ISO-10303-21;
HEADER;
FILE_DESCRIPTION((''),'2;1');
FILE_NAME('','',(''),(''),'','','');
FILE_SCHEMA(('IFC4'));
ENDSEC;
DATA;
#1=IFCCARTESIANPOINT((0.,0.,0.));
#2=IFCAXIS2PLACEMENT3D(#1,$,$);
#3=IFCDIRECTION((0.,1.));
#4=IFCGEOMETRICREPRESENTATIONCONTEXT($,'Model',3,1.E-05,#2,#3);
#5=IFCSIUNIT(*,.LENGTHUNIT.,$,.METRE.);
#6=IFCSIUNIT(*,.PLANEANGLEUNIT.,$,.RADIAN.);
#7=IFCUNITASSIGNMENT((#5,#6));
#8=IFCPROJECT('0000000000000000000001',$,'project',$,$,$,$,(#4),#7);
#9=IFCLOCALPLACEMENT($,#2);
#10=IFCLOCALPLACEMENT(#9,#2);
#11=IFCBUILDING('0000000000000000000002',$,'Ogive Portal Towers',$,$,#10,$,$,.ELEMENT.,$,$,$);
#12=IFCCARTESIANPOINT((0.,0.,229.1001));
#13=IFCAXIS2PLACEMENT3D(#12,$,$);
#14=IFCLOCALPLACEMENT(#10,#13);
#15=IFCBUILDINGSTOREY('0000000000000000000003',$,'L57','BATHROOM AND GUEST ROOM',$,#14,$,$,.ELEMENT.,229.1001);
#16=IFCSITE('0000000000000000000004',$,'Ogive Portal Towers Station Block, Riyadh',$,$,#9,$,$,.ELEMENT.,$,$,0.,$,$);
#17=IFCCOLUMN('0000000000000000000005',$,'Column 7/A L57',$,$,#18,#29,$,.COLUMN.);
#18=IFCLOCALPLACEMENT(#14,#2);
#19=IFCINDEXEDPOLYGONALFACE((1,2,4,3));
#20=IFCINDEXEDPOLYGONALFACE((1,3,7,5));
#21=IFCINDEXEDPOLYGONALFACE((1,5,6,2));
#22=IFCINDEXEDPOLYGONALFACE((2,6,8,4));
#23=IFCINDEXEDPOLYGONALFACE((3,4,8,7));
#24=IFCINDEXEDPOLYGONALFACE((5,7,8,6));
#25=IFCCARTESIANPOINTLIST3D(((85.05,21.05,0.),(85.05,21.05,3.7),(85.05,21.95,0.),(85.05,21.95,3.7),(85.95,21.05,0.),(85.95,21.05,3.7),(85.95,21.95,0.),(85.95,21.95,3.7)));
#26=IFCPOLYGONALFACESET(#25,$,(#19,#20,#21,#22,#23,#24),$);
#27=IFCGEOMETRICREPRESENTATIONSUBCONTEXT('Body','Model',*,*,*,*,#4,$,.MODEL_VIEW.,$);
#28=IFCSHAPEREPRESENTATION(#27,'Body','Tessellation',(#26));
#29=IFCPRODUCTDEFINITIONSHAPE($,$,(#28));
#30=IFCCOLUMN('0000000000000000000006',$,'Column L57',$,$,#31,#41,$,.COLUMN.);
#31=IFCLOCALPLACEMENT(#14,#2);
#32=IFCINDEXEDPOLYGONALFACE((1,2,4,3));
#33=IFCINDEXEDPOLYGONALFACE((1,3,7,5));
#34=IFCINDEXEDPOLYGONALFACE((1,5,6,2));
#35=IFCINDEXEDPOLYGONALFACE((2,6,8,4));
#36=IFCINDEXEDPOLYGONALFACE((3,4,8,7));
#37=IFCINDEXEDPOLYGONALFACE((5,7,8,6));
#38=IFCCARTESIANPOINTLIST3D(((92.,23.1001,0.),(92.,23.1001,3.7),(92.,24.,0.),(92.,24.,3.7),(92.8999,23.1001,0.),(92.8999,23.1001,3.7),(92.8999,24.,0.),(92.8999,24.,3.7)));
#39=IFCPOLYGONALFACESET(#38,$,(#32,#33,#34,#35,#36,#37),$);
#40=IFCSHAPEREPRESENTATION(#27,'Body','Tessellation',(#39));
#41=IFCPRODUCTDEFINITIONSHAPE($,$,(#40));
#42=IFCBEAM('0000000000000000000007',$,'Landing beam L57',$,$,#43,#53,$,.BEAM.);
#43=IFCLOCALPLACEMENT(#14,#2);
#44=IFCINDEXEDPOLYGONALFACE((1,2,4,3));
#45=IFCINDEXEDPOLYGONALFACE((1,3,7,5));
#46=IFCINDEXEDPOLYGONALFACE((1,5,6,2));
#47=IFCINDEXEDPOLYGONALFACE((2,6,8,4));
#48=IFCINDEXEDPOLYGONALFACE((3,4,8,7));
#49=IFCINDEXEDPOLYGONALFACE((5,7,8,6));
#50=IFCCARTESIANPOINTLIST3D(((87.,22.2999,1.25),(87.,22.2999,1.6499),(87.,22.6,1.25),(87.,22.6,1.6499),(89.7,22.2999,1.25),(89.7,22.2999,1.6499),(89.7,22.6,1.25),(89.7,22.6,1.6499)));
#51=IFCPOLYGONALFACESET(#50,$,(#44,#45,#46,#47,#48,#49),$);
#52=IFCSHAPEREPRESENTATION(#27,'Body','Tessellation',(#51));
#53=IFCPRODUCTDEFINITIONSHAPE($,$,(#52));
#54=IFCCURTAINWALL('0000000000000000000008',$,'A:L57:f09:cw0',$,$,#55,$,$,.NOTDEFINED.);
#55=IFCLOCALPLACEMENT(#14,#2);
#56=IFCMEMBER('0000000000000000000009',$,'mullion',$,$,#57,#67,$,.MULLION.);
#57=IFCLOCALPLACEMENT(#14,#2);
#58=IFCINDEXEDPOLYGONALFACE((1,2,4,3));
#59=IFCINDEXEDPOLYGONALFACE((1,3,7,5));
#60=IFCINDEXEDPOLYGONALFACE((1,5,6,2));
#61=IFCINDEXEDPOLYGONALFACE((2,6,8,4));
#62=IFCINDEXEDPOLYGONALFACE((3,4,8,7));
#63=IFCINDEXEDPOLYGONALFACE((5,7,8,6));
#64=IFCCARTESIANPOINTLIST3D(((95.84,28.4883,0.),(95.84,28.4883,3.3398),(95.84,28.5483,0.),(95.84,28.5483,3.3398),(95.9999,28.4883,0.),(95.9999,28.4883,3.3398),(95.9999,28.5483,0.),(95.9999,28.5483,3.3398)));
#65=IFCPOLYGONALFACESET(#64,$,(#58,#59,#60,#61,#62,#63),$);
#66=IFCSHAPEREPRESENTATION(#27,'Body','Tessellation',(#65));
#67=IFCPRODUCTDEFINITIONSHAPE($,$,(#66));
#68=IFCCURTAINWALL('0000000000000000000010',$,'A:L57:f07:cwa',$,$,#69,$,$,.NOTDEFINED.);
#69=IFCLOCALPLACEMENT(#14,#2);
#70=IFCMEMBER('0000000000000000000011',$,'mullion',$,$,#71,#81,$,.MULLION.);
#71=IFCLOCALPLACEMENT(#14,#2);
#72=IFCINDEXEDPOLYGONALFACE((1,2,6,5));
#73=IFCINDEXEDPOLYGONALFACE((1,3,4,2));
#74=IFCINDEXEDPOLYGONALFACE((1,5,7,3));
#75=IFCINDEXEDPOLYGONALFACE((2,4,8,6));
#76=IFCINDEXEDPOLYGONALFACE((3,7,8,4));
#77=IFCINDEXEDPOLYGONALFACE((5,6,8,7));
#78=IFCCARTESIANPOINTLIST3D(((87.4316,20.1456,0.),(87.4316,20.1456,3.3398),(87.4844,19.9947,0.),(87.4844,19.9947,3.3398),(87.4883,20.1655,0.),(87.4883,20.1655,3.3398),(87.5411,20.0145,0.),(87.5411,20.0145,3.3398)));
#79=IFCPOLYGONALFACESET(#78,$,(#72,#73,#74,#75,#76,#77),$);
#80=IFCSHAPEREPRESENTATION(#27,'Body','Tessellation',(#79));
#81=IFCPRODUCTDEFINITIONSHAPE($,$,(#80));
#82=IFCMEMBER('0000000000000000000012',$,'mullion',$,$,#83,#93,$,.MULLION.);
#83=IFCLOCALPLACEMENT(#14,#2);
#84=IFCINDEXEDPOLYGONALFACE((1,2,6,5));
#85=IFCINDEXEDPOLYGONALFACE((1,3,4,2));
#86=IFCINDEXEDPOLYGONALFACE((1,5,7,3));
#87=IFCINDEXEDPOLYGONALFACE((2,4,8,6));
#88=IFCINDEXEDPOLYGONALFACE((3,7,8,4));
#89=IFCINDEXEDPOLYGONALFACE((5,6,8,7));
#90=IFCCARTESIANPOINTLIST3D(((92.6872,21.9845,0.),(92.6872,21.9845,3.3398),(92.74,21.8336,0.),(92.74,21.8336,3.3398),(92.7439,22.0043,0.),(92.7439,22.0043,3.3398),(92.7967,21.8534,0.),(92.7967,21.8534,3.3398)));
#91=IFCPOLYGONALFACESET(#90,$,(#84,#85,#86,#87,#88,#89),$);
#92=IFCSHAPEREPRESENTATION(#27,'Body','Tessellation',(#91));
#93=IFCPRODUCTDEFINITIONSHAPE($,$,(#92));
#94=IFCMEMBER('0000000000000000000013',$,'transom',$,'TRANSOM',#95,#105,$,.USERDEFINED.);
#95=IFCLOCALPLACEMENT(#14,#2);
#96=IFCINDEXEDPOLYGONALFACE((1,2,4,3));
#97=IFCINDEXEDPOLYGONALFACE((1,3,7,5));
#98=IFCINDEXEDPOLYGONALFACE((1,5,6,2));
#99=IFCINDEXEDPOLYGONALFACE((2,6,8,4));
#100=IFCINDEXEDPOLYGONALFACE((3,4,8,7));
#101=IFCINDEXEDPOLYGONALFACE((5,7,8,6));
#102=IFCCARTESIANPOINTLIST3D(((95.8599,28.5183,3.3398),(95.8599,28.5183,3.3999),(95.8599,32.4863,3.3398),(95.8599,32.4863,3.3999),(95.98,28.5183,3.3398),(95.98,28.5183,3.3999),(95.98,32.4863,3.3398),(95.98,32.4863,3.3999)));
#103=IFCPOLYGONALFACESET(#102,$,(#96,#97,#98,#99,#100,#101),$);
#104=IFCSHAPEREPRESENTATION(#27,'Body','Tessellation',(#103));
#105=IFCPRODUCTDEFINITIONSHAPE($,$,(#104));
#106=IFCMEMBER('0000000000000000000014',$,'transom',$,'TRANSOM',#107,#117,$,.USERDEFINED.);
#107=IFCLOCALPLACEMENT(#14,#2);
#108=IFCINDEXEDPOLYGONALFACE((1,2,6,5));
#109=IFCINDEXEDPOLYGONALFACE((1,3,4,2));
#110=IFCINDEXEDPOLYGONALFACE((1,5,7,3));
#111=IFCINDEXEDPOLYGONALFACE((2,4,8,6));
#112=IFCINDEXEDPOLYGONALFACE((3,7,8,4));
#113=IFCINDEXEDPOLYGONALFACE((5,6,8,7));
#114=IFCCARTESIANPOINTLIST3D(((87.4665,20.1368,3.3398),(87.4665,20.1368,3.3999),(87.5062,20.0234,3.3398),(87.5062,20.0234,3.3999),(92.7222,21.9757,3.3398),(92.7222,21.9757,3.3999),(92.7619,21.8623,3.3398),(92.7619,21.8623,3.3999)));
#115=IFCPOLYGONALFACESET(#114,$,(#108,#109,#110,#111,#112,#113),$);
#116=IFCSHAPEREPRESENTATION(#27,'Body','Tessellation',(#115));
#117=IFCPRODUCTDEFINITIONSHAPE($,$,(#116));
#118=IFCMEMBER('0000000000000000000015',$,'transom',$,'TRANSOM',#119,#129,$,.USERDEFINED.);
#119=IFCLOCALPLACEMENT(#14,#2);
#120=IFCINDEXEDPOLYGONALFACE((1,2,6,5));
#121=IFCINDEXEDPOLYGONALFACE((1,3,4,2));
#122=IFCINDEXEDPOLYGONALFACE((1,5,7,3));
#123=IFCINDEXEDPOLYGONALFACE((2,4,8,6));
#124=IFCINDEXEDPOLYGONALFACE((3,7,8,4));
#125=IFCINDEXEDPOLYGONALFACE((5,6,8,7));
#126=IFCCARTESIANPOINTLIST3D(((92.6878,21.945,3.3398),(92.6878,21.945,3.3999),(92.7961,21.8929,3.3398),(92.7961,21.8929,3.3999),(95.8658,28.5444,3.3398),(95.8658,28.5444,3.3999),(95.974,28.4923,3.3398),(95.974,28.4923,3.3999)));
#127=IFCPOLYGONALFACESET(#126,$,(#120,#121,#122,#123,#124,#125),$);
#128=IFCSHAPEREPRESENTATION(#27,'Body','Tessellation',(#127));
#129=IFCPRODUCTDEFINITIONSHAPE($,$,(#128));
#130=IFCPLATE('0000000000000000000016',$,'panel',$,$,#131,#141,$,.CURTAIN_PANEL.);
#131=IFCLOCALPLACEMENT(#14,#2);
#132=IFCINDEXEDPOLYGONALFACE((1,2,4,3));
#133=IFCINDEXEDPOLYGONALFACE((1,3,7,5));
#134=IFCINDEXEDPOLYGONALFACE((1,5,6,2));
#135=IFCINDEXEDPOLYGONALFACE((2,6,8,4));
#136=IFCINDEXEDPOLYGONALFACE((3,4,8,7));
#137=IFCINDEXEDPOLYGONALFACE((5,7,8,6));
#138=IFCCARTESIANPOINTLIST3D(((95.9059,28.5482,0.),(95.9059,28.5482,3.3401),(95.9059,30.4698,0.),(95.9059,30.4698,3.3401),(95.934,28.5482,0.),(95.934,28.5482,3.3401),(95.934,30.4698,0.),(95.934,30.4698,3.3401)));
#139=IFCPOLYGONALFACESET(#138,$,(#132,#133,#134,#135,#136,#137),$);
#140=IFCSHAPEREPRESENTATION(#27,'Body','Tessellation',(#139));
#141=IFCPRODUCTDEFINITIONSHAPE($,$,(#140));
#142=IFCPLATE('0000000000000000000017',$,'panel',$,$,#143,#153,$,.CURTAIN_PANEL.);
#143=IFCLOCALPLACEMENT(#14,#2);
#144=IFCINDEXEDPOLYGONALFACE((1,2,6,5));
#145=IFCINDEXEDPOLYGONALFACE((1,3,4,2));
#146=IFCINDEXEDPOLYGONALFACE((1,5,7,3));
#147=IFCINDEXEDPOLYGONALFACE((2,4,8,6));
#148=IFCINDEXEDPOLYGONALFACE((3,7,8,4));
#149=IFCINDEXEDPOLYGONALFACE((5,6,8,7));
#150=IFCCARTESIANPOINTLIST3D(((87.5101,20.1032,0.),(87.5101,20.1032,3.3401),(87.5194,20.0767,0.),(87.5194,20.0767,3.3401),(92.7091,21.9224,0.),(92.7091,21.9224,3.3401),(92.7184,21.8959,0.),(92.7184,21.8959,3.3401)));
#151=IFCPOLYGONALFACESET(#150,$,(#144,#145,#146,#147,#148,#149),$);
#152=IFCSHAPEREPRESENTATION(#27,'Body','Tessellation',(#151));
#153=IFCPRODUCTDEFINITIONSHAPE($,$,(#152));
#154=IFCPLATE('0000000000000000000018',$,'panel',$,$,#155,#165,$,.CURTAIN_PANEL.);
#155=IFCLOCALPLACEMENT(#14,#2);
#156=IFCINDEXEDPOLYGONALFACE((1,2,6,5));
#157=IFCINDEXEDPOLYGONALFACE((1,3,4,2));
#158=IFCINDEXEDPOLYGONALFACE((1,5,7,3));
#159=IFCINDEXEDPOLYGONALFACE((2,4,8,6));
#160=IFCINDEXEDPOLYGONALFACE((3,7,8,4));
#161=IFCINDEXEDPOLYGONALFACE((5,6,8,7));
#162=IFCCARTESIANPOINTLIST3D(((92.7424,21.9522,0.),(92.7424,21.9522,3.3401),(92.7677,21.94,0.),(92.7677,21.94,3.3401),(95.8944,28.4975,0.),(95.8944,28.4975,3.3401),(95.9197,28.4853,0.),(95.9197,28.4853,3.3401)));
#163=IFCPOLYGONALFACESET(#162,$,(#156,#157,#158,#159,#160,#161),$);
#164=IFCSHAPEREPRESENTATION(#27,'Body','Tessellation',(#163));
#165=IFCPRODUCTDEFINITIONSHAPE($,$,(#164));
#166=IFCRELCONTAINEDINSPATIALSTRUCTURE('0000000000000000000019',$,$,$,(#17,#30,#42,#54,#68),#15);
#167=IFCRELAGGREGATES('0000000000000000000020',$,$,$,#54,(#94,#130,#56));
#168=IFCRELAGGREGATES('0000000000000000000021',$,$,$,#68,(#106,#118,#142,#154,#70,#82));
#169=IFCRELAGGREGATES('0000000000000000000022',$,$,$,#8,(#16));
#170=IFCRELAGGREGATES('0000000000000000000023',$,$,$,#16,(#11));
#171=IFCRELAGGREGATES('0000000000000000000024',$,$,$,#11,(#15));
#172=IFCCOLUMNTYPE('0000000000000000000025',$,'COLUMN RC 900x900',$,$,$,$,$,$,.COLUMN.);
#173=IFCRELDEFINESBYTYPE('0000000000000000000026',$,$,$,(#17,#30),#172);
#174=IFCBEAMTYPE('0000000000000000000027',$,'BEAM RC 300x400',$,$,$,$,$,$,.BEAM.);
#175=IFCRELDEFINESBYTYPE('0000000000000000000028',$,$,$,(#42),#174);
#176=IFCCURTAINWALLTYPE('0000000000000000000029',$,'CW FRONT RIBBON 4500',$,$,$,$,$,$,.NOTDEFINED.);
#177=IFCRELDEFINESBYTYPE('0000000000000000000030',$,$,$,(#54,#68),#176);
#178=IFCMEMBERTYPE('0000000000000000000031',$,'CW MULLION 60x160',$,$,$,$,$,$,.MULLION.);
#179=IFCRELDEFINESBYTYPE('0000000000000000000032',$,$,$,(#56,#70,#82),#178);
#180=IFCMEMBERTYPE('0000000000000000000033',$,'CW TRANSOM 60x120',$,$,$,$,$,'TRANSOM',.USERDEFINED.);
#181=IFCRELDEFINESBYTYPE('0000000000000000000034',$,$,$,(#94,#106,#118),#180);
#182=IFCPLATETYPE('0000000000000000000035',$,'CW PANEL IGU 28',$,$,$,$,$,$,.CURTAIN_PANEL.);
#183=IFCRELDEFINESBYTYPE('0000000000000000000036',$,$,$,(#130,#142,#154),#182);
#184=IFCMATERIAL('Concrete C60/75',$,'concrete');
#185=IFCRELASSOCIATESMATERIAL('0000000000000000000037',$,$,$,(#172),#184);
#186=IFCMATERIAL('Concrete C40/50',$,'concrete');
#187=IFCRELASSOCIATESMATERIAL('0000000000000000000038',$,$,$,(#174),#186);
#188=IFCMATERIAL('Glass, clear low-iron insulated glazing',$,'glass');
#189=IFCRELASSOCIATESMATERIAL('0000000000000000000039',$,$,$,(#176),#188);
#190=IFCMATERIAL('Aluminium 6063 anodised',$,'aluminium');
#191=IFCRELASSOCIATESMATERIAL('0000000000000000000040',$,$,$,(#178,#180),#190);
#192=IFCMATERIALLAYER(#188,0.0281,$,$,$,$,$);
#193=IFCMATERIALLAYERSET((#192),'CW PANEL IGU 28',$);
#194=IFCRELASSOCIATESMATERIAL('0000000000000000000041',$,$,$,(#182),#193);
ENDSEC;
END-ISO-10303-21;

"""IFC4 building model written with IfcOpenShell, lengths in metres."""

from ifc_helpers import new_model, si_unit, direction, frame, origin, origin_2d, place, context, subcontext, project, spatial, rectangle, extrude, material, layer, layer_set, material_profile, profile_set, type_object, element, aggregate, save


model = new_model("IFC4")

# Units and contexts
model_context = context("Model", 3, precision=1e-05, world=origin(), true_north=direction((0.0, 1.0)))
body_context = subcontext(model_context, "Body", "Model", "MODEL_VIEW")
ifc_project = project(units=[si_unit("LENGTHUNIT", "METRE"), si_unit("PLANEANGLEUNIT", "RADIAN")], contexts=[model_context])

# Site, building, storey
site_placement = place(None, origin())
site = spatial("IfcSite", under=ifc_project, at=site_placement, Name="Ogive Portal Towers Station Block, Riyadh", CompositionType="ELEMENT", RefElevation=0.0)
building_placement = place(site_placement, origin())
building = spatial("IfcBuilding", under=site, at=building_placement, Name="Ogive Portal Towers", CompositionType="ELEMENT")
storey_placement = place(building_placement, frame((0.0, 0.0, 229.1001)))
storey = spatial("IfcBuildingStorey", under=building, at=storey_placement, Name="L57", Description="BATHROOM AND GUEST ROOM", CompositionType="ELEMENT", Elevation=229.1001)

# Columns
ifc_material_1 = material(Name="Concrete C60/75", Category="concrete")
ifc_material_profile_1 = material_profile(ifc_material_1, rectangle(XDim=0.8999, YDim=0.8999, at=origin_2d()), Name="RC 900x900")
ifc_profile_set_1 = profile_set([ifc_material_profile_1], Name="Concrete C60/75")
column_type = type_object("IfcColumnType", Name="COLUMN RC 900x900", PredefinedType="COLUMN", material=ifc_profile_set_1)
for number, where, z_axis, x_axis, name in (
    (1, (85.5, 21.5, 0.0), (0.0, 0.0, 1.0), (1.0, 0.0, 0.0), "Column 7/A L57"),
    (2, (92.45, 23.55, 0.0), (0.0, 0.0, 1.0), (1.0, 0.0, 0.0), "Column L57"),
):
    element("IfcColumn", number, at=place(storey_placement, frame(where, z_axis=z_axis, x_axis=x_axis)), inside=storey, type_object=column_type, Name=name, PredefinedType="COLUMN", context=body_context, shape_type="SweptSolid", body=[
        extrude(rectangle(XDim=0.8999, YDim=0.8999, at=origin_2d()), origin(), (0.0, 0.0, 1.0), 3.7),
    ])

# Beam
ifc_material_2 = material(Name="Concrete C40/50", Category="concrete")
ifc_material_profile_2 = material_profile(ifc_material_2, rectangle(XDim=0.3, YDim=0.3999, at=origin_2d()), Name="RC 300x400")
ifc_profile_set_2 = profile_set([ifc_material_profile_2], Name="Concrete C40/50")
beam_type = type_object("IfcBeamType", Name="BEAM RC 300x400", PredefinedType="BEAM", material=ifc_profile_set_2)
beam_placement = place(storey_placement, frame((87.0, 22.45, 1.45), z_axis=(1.0, 0.0, 0.0), x_axis=(0.0, 1.0, 0.0)))
element("IfcBeam", 3, at=beam_placement, inside=storey, type_object=beam_type, Name="Landing beam L57", PredefinedType="BEAM", context=body_context, shape_type="SweptSolid", body=[
    extrude(rectangle(XDim=0.3, YDim=0.3999, at=origin_2d()), origin(), (0.0, 0.0, 1.0), 2.7),
])

# Curtain wall, member
ifc_material_3 = material(Name="Glass, clear low-iron insulated glazing", Category="glass")
curtain_wall_type = type_object("IfcCurtainWallType", Name="CW FRONT RIBBON 4500", PredefinedType="NOTDEFINED", material=ifc_material_3)
curtain_wall_1_placement = place(storey_placement, origin())
curtain_wall_1 = element("IfcCurtainWall", 4, at=curtain_wall_1_placement, inside=storey, type_object=curtain_wall_type, Name="A:L57:f09:cw0", PredefinedType="NOTDEFINED")
ifc_material_4 = material(Name="Aluminium 6063 anodised", Category="aluminium")
ifc_material_profile_3 = material_profile(ifc_material_4, rectangle(XDim=0.1599, YDim=0.0601, at=origin_2d()), Name="AL 60x160")
ifc_profile_set_3 = profile_set([ifc_material_profile_3], Name="Aluminium 6063 anodised")
member_type_1 = type_object("IfcMemberType", Name="CW MULLION 60x160", PredefinedType="MULLION", material=ifc_profile_set_3)
member_1_placement = place(storey_placement, frame((95.9199, 28.5183, 0.0), z_axis=(0.0, 0.0, 1.0), x_axis=(-1.0, 0.0, 0.0)))
member_1 = element("IfcMember", 5, at=member_1_placement, type_object=member_type_1, Name="mullion", PredefinedType="MULLION", context=body_context, shape_type="SweptSolid", body=[
    extrude(rectangle(XDim=0.1599, YDim=0.0601, at=origin_2d()), origin(), (0.0, 0.0, 1.0), 3.3398),
])

# Curtain wall, members
curtain_wall_2_placement = place(storey_placement, origin())
curtain_wall_2 = element("IfcCurtainWall", 6, at=curtain_wall_2_placement, inside=storey, type_object=curtain_wall_type, Name="A:L57:f07:cwa", PredefinedType="NOTDEFINED")
member_2_placement = place(storey_placement, frame((87.4863, 20.0801, 0.0), z_axis=(0.0, 0.0, 1.0), x_axis=(-0.330279, 0.943883, 0.0)))
member_2 = element("IfcMember", 7, at=member_2_placement, type_object=member_type_1, Name="mullion", PredefinedType="MULLION", context=body_context, shape_type="SweptSolid", body=[
    extrude(rectangle(XDim=0.1599, YDim=0.0601, at=origin_2d()), origin(), (0.0, 0.0, 1.0), 3.3398),
])
member_3_placement = place(storey_placement, frame((92.7419, 21.9189, 0.0), z_axis=(0.0, 0.0, 1.0), x_axis=(-0.330279, 0.943883, 0.0)))
member_3 = element("IfcMember", 8, at=member_3_placement, type_object=member_type_1, Name="mullion", PredefinedType="MULLION", context=body_context, shape_type="SweptSolid", body=[
    extrude(rectangle(XDim=0.1599, YDim=0.0601, at=origin_2d()), origin(), (0.0, 0.0, 1.0), 3.3398),
])

# Members
ifc_material_profile_4 = material_profile(ifc_material_4, rectangle(XDim=0.1201, YDim=0.0601, at=origin_2d()), Name="AL 120x60")
ifc_profile_set_4 = profile_set([ifc_material_profile_4], Name="Aluminium 6063 anodised")
member_type_2 = type_object("IfcMemberType", Name="CW TRANSOM 60x120", ElementType="TRANSOM", PredefinedType="USERDEFINED", material=ifc_profile_set_4)
member_4_placement = place(storey_placement, frame((95.9199, 28.5183, 3.3699), z_axis=(0.0, 1.0, 0.0), x_axis=(-1.0, 0.0, 0.0)))
member_4 = element("IfcMember", 9, at=member_4_placement, type_object=member_type_2, Name="transom", ObjectType="TRANSOM", PredefinedType="USERDEFINED", context=body_context, shape_type="SweptSolid", body=[
    extrude(rectangle(XDim=0.1201, YDim=0.0601, at=origin_2d()), origin(), (0.0, 0.0, 1.0), 3.968),
])
member_5_placement = place(storey_placement, frame((87.4863, 20.0801, 3.3699), z_axis=(0.943892, 0.330255, 0.0), x_axis=(-0.330255, 0.943892, 0.0)))
member_5 = element("IfcMember", 10, at=member_5_placement, type_object=member_type_2, Name="transom", ObjectType="TRANSOM", PredefinedType="USERDEFINED", context=body_context, shape_type="SweptSolid", body=[
    extrude(rectangle(XDim=0.1201, YDim=0.0601, at=origin_2d()), origin(), (0.0, 0.0, 1.0), 5.5681),
])
member_6_placement = place(storey_placement, frame((92.7419, 21.9189, 3.3699), z_axis=(0.433872, 0.900975, 0.0), x_axis=(-0.900975, 0.433872, 0.0)))
member_6 = element("IfcMember", 11, at=member_6_placement, type_object=member_type_2, Name="transom", ObjectType="TRANSOM", PredefinedType="USERDEFINED", context=body_context, shape_type="SweptSolid", body=[
    extrude(rectangle(XDim=0.1201, YDim=0.0601, at=origin_2d()), origin(), (0.0, 0.0, 1.0), 7.3247),
])

# Plates
ifc_layer_1 = layer(ifc_material_3, 0.0281)
ifc_layer_set_1 = layer_set([ifc_layer_1], Name="CW PANEL IGU 28")
plate_type = type_object("IfcPlateType", Name="CW PANEL IGU 28", PredefinedType="CURTAIN_PANEL", material=ifc_layer_set_1)
plate_1_placement = place(storey_placement, frame((95.9199, 29.509, 0.0), z_axis=(0.0, 0.0, 1.0), x_axis=(0.0, 1.0, 0.0)))
plate_1 = element("IfcPlate", 12, at=plate_1_placement, type_object=plate_type, Name="panel", PredefinedType="CURTAIN_PANEL", context=body_context, shape_type="SweptSolid", body=[
    extrude(rectangle(XDim=1.9216, YDim=0.0281, at=origin_2d()), origin(), (0.0, 0.0, 1.0), 3.3401),
])
aggregate(curtain_wall_1, [member_4, plate_1, member_1])
plate_2_placement = place(storey_placement, frame((90.1143, 20.9995, 0.0), z_axis=(0.0, 0.0, 1.0), x_axis=(0.943883, 0.330279, 0.0)))
plate_2 = element("IfcPlate", 13, at=plate_2_placement, type_object=plate_type, Name="panel", PredefinedType="CURTAIN_PANEL", context=body_context, shape_type="SweptSolid", body=[
    extrude(rectangle(XDim=5.5081, YDim=0.0281, at=origin_2d()), origin(), (0.0, 0.0, 1.0), 3.3401),
])
plate_3_placement = place(storey_placement, frame((94.3311, 25.2188, 0.0), z_axis=(0.0, 0.0, 1.0), x_axis=(0.433884, 0.900969, 0.0)))
plate_3 = element("IfcPlate", 14, at=plate_3_placement, type_object=plate_type, Name="panel", PredefinedType="CURTAIN_PANEL", context=body_context, shape_type="SweptSolid", body=[
    extrude(rectangle(XDim=7.2646, YDim=0.0281, at=origin_2d()), origin(), (0.0, 0.0, 1.0), 3.3401),
])
aggregate(curtain_wall_2, [member_5, member_6, plate_2, plate_3, member_2, member_3])

save(model, "model.ifc")
